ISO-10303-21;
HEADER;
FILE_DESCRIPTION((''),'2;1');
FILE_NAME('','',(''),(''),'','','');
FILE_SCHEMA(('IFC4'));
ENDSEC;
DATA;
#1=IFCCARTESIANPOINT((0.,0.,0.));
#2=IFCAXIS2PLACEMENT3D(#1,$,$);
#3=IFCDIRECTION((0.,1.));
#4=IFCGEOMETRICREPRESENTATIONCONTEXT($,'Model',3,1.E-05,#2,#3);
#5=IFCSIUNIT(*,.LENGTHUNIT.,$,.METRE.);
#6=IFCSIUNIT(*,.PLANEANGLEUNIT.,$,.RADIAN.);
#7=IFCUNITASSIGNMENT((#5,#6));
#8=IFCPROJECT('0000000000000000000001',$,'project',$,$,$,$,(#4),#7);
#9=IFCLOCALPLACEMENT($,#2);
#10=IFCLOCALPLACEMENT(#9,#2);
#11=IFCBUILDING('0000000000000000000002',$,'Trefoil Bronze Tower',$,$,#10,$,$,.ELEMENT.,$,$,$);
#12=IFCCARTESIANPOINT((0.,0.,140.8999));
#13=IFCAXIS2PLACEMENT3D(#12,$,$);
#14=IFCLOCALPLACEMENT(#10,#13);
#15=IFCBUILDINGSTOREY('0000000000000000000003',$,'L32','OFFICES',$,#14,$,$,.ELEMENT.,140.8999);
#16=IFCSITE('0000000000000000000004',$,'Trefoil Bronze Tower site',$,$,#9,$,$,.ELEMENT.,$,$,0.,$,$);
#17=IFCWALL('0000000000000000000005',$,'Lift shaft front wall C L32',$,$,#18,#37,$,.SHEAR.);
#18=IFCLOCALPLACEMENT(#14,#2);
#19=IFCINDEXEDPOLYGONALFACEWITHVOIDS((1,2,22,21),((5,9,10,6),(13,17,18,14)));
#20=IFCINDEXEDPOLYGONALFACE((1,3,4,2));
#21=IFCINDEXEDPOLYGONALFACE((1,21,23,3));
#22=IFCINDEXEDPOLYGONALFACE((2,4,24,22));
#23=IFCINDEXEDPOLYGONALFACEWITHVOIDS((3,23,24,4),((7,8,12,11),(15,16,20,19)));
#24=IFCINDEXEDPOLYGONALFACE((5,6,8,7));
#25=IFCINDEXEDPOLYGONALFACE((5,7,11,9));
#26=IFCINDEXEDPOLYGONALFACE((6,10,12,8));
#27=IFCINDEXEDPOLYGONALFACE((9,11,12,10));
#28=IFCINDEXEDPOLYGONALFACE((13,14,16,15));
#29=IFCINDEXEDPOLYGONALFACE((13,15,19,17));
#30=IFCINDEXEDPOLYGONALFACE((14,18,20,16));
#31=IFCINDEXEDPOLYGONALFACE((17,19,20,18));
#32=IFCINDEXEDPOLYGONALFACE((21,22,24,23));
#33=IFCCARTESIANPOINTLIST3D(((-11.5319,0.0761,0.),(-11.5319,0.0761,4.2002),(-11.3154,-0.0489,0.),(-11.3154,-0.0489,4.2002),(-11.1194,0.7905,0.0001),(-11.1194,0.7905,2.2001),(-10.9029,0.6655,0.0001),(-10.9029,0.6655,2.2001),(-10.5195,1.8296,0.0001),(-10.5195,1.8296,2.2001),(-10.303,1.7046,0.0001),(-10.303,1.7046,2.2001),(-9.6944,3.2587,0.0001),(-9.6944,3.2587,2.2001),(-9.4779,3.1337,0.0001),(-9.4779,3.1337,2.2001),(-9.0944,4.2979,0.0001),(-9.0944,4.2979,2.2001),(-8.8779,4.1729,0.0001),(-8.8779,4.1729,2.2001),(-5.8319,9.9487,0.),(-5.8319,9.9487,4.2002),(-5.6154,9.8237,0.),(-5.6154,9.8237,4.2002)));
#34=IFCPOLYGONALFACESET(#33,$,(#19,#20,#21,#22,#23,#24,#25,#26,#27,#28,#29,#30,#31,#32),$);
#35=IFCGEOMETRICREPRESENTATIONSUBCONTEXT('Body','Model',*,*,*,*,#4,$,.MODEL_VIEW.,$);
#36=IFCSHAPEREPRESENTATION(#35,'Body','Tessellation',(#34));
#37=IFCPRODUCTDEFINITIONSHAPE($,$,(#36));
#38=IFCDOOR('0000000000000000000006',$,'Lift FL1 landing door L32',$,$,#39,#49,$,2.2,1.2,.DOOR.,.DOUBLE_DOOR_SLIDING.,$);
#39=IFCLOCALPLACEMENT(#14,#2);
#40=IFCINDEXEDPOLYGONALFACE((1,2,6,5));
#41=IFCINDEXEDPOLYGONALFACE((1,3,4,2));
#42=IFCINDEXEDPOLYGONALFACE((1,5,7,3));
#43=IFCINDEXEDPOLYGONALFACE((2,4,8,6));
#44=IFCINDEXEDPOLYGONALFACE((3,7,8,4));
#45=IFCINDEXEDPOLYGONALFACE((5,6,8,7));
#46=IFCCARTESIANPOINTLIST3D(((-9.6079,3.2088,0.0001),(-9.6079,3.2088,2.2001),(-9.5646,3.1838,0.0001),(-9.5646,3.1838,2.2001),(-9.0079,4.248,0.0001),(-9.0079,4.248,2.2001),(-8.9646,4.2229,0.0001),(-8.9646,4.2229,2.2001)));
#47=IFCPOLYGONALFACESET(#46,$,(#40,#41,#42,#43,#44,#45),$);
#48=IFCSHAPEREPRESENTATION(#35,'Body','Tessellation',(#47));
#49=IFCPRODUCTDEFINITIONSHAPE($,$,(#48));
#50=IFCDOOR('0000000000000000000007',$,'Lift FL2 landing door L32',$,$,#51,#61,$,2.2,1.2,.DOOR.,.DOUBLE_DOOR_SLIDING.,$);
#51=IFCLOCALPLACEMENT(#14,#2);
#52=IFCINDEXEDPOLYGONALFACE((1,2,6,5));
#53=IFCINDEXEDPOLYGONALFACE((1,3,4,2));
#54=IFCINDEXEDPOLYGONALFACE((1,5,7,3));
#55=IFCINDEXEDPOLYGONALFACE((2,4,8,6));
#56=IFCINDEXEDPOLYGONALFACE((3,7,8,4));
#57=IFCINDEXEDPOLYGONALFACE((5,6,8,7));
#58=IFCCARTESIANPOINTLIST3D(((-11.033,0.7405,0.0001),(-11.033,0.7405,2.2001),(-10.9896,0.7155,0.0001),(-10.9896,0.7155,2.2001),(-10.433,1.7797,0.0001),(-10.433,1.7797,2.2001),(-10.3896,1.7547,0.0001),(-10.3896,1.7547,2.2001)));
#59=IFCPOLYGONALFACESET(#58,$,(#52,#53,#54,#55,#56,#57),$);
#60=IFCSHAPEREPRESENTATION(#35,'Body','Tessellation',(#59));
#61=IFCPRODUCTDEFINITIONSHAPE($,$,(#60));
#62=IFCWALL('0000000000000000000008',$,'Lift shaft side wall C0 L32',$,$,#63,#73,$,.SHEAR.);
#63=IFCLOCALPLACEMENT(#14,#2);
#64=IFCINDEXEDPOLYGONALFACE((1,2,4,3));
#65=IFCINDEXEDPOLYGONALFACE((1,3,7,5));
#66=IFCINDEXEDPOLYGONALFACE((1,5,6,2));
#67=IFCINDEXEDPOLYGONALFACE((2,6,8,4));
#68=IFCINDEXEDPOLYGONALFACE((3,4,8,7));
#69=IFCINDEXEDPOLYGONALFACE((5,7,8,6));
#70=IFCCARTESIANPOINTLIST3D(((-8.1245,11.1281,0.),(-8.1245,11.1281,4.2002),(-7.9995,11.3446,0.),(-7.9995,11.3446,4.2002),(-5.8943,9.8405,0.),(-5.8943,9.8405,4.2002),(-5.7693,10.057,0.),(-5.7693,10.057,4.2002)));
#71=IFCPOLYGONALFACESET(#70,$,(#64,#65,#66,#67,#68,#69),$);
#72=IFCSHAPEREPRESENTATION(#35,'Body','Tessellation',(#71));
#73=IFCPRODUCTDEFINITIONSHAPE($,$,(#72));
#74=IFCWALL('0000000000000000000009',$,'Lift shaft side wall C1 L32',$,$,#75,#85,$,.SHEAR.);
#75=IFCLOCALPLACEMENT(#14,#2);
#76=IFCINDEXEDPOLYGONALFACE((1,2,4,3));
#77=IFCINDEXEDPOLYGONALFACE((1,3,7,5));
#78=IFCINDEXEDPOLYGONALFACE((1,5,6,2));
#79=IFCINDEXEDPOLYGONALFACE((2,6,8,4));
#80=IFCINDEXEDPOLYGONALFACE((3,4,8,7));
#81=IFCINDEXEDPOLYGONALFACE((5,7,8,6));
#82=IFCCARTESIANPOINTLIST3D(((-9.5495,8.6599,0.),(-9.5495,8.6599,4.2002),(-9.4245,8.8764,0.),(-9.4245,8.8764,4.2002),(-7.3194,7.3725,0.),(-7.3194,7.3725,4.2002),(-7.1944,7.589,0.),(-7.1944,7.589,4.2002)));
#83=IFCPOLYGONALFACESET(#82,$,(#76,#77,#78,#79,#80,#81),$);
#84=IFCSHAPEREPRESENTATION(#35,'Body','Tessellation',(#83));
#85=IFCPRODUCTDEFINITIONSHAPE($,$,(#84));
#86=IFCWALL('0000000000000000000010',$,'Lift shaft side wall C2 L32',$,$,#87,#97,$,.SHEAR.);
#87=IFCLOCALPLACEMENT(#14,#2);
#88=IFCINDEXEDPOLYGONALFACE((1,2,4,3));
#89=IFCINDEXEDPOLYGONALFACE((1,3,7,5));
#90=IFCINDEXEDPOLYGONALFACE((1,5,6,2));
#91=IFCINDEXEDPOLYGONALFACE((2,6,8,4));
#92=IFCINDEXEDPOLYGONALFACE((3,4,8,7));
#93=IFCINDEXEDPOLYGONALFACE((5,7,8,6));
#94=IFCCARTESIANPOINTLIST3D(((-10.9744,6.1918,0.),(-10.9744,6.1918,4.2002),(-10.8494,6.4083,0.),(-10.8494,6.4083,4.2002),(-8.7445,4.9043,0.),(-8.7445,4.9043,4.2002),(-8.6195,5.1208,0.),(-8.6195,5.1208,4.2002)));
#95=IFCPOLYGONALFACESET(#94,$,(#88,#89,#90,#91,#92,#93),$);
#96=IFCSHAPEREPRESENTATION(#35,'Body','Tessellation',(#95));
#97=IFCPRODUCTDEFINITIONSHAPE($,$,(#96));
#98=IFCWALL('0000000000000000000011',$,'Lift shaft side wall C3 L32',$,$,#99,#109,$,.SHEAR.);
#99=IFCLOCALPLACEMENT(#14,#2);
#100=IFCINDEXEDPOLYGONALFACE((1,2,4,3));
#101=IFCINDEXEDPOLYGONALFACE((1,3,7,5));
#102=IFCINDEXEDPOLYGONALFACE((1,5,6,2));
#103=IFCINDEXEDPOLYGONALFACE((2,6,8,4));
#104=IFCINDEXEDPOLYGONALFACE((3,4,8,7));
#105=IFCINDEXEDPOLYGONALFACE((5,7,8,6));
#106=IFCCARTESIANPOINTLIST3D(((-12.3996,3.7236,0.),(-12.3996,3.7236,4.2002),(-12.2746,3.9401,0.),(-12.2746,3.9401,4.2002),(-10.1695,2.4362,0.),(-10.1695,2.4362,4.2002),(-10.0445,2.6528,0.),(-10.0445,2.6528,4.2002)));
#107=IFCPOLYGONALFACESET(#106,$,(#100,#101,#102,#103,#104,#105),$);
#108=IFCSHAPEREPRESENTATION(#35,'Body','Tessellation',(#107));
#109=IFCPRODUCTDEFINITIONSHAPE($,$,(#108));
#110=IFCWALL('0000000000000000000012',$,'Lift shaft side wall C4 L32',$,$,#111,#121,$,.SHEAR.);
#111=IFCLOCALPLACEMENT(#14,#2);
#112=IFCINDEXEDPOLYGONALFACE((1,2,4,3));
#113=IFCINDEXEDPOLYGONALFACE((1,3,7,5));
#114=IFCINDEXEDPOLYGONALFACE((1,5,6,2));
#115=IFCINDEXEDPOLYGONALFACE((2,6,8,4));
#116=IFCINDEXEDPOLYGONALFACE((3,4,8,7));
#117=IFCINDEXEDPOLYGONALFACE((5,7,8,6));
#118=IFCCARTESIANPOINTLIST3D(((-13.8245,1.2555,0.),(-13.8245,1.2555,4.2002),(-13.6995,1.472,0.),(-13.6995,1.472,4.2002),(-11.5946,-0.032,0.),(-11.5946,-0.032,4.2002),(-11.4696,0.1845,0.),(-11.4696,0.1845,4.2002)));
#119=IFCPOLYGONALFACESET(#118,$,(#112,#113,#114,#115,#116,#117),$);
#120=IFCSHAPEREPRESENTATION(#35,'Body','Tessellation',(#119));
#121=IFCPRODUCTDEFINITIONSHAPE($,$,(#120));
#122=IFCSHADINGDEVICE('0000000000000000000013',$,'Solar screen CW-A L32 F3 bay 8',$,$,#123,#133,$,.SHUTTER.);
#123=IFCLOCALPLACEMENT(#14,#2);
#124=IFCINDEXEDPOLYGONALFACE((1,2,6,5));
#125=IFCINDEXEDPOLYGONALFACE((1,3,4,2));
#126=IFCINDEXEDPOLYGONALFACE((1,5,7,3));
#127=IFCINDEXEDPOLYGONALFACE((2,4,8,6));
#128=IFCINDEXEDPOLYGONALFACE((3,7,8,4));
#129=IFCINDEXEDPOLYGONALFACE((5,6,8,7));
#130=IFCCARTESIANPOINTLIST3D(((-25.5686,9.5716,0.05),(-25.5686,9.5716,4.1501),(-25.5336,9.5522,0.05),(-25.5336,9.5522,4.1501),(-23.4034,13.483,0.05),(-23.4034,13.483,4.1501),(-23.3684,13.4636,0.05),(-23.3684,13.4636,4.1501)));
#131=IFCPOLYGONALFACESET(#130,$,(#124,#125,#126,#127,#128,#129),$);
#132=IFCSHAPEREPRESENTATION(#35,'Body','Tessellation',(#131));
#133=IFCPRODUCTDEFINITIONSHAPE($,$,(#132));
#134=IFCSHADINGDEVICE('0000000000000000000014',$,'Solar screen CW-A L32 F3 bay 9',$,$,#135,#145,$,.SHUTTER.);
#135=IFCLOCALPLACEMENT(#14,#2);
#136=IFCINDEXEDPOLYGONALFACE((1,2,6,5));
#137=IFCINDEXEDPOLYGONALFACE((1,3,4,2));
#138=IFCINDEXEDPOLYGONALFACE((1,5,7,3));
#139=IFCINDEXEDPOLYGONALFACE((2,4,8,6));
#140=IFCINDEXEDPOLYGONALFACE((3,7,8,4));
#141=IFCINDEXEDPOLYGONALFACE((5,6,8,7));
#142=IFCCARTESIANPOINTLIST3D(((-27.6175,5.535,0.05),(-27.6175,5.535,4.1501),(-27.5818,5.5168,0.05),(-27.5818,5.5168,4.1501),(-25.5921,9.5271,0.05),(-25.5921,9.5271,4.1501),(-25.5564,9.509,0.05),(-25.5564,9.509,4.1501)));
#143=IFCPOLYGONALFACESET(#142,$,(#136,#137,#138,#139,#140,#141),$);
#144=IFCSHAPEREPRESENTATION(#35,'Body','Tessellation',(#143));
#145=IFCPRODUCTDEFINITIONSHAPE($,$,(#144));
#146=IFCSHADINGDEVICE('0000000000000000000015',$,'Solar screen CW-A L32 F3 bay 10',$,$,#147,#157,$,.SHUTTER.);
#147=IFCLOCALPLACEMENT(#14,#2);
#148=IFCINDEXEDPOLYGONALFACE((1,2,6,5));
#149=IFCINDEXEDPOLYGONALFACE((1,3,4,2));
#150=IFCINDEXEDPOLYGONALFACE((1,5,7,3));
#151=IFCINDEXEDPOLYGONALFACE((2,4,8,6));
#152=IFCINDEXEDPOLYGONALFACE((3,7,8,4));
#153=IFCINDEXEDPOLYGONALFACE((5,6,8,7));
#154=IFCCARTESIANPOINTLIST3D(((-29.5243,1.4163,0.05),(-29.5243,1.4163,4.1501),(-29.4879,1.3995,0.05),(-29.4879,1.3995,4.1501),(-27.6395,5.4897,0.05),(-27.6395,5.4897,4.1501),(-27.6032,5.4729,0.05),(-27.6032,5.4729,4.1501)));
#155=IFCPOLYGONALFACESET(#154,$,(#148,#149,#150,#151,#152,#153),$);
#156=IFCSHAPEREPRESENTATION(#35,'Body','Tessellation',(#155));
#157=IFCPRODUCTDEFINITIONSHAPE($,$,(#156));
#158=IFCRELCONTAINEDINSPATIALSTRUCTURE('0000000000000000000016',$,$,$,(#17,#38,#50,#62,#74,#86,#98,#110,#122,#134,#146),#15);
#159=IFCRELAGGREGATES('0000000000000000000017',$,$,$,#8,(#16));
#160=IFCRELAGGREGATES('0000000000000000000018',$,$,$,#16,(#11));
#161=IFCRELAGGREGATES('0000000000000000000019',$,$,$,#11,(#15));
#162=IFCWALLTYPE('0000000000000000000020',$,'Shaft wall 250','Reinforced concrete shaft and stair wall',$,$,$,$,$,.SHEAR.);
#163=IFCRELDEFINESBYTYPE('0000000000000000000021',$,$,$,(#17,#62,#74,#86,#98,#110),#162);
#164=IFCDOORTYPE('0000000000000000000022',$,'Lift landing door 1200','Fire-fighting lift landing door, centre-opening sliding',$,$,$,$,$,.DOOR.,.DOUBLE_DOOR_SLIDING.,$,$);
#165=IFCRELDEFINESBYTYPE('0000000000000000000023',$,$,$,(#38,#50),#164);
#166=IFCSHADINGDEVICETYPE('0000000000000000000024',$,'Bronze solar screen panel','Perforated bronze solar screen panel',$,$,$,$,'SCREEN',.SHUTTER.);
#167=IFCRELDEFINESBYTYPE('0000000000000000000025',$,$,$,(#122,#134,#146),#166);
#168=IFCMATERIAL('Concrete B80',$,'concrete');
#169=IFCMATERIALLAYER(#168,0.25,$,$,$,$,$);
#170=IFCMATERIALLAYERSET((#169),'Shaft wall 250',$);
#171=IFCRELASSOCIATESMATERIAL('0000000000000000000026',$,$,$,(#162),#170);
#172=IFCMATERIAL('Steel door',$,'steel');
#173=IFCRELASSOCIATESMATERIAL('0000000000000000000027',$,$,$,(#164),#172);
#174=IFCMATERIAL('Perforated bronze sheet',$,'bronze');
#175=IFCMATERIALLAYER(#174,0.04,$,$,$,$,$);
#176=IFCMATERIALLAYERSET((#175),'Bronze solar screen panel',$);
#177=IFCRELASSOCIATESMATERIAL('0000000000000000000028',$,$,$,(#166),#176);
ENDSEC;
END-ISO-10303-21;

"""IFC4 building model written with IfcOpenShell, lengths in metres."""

from ifc_helpers import new_model, si_unit, direction, frame, frame_2d, origin, origin_2d, place, context, subcontext, project, spatial, rectangle, extrude, material, layer, layer_set, type_object, element, fill, save


model = new_model("IFC4")

# Units and contexts
model_context = context("Model", 3, precision=1e-05, world=origin(), true_north=direction((0.0, 1.0)))
body_context = subcontext(model_context, "Body", "Model", "MODEL_VIEW")
ifc_project = project(units=[si_unit("LENGTHUNIT", "METRE"), si_unit("PLANEANGLEUNIT", "RADIAN")], contexts=[model_context])

# Site, building, storey
site_placement = place(None, origin())
site = spatial("IfcSite", under=ifc_project, at=site_placement, Name="Trefoil Bronze Tower site", CompositionType="ELEMENT", RefElevation=0.0)
building_placement = place(site_placement, origin())
building = spatial("IfcBuilding", under=site, at=building_placement, Name="Trefoil Bronze Tower", CompositionType="ELEMENT")
storey_placement = place(building_placement, frame((0.0, 0.0, 140.8999)))
storey = spatial("IfcBuildingStorey", under=building, at=storey_placement, Name="L32", Description="OFFICES", CompositionType="ELEMENT", Elevation=140.8999)

# Wall, openings, doors
ifc_material_1 = material(Name="Concrete B80", Category="concrete")
ifc_layer_1 = layer(ifc_material_1, 0.25)
ifc_layer_set_1 = layer_set([ifc_layer_1], Name="Shaft wall 250")
wall_type_1 = type_object("IfcWallType", Name="Shaft wall 250", Description="Reinforced concrete shaft and stair wall", PredefinedType="SHEAR", material=ifc_layer_set_1)
wall_1_placement = place(storey_placement, frame((-5.7236, 9.8862, 0.0), z_axis=(0.0, 0.0, 1.0), x_axis=(-0.500002, -0.866024, 0.0)))
wall_1 = element("IfcWall", 1, at=wall_1_placement, inside=storey, type_object=wall_type_1, Name="Lift shaft front wall C L32", PredefinedType="SHEAR", context=body_context, shape_type="SweptSolid", body=[
    extrude(rectangle(XDim=11.3999, YDim=0.25, at=frame_2d((5.7, 0.0))), origin(), (0.0, 0.0, 1.0), 4.2002),
])
opening_1_placement = place(wall_1_placement, frame((6.5249, 0.0, 0.0)))
opening_1 = element("IfcOpeningElement", 2, at=opening_1_placement, cuts=wall_1, PredefinedType="OPENING", context=body_context, shape_type="SweptSolid", body=[
    extrude(rectangle(XDim=1.2, YDim=2.2, at=frame_2d((0.6001, 1.1001))), frame((0.0, 0.135, 0.0), z_axis=(0.0, -1.0, 0.0), x_axis=(1.0, 0.0, 0.0)), (0.0, 0.0, 1.0), 0.27),
])
opening_2_placement = place(wall_1_placement, frame((9.375, 0.0, 0.0)))
opening_2 = element("IfcOpeningElement", 3, at=opening_2_placement, cuts=wall_1, PredefinedType="OPENING", context=body_context, shape_type="SweptSolid", body=[
    extrude(rectangle(XDim=1.2, YDim=2.2, at=frame_2d((0.6001, 1.1001))), frame((0.0, 0.135, 0.0), z_axis=(0.0, -1.0, 0.0), x_axis=(1.0, 0.0, 0.0)), (0.0, 0.0, 1.0), 0.27),
])
ifc_material_2 = material(Name="Steel door", Category="steel")
door_type_1 = type_object("IfcDoorType", Name="Lift landing door 1200", Description="Fire-fighting lift landing door, centre-opening sliding", OperationType="DOUBLE_DOOR_SLIDING", PredefinedType="DOOR", material=ifc_material_2)
door_1_placement = place(opening_1_placement, origin())
door_1 = element("IfcDoor", 4, at=door_1_placement, inside=storey, type_object=door_type_1, Name="Lift FL1 landing door L32", OperationType="DOUBLE_DOOR_SLIDING", OverallHeight=2.2, OverallWidth=1.2, PredefinedType="DOOR", context=body_context, shape_type="SweptSolid", body=[
    extrude(rectangle(XDim=1.2, YDim=2.2, at=frame_2d((0.6001, 1.1001))), frame((0.0, 0.0249, 0.0), z_axis=(0.0, -1.0, 0.0), x_axis=(1.0, 0.0, 0.0)), (0.0, 0.0, 1.0), 0.05),
])
fill(opening_1, door_1)
door_2_placement = place(opening_2_placement, origin())
door_2 = element("IfcDoor", 5, at=door_2_placement, inside=storey, type_object=door_type_1, Name="Lift FL2 landing door L32", OperationType="DOUBLE_DOOR_SLIDING", OverallHeight=2.2, OverallWidth=1.2, PredefinedType="DOOR", context=body_context, shape_type="SweptSolid", body=[
    extrude(rectangle(XDim=1.2, YDim=2.2, at=frame_2d((0.6001, 1.1001))), frame((0.0, 0.0249, 0.0), z_axis=(0.0, -1.0, 0.0), x_axis=(1.0, 0.0, 0.0)), (0.0, 0.0, 1.0), 0.05),
])
fill(opening_2, door_2)

# Walls
wall_2_placement = place(storey_placement, frame((-5.8318, 9.9487, 0.0), z_axis=(0.0, 0.0, 1.0), x_axis=(-0.866029, 0.499993, 0.0)))
element("IfcWall", 6, at=wall_2_placement, inside=storey, type_object=wall_type_1, Name="Lift shaft side wall C0 L32", PredefinedType="SHEAR", context=body_context, shape_type="SweptSolid", body=[
    extrude(rectangle(XDim=2.5752, YDim=0.25, at=frame_2d((1.2876, 0.0))), origin(), (0.0, 0.0, 1.0), 4.2002),
])
for number, where, z_axis, x_axis, name in (
    (7, (-7.2568, 7.4807, 0.0), (0.0, 0.0, 1.0), (-0.866047, 0.499963, 0.0), "Lift shaft side wall C1 L32"),
    (8, (-8.6819, 5.0125, 0.0), (0.0, 0.0, 1.0), (-0.866006, 0.500034, 0.0), "Lift shaft side wall C2 L32"),
    (9, (-10.1069, 2.5444, 0.0), (0.0, 0.0, 1.0), (-0.866047, 0.499963, 0.0), "Lift shaft side wall C3 L32"),
    (10, (-11.532, 0.0762, 0.0), (0.0, 0.0, 1.0), (-0.866006, 0.500034, 0.0), "Lift shaft side wall C4 L32"),
):
    element("IfcWall", number, at=place(storey_placement, frame(where, z_axis=z_axis, x_axis=x_axis)), inside=storey, type_object=wall_type_1, Name=name, PredefinedType="SHEAR", context=body_context, shape_type="SweptSolid", body=[
        extrude(rectangle(XDim=2.575, YDim=0.25, at=frame_2d((1.2876, 0.0))), origin(), (0.0, 0.0, 1.0), 4.2002),
    ])

# Shading devices
ifc_material_3 = material(Name="Perforated bronze sheet", Category="bronze")
ifc_layer_2 = layer(ifc_material_3, 0.04)
ifc_layer_set_2 = layer_set([ifc_layer_2], Name="Bronze solar screen panel")
shading_device_type = type_object("IfcShadingDeviceType", Name="Bronze solar screen panel", Description="Perforated bronze solar screen panel", ElementType="SCREEN", PredefinedType="SHUTTER", material=ifc_layer_set_2)
shading_device_1_placement = place(storey_placement, frame((-24.4685, 11.5176, 0.05), z_axis=(0.0, 0.0, 1.0), x_axis=(-0.484312, -0.874895, 0.0)))
element("IfcShadingDevice", 11, at=shading_device_1_placement, inside=storey, type_object=shading_device_type, Name="Solar screen CW-A L32 F3 bay 8", PredefinedType="SHUTTER", context=body_context, shape_type="SweptSolid", body=[
    extrude(rectangle(XDim=4.4707, YDim=0.04, at=origin_2d()), origin(), (0.0, 0.0, 1.0), 4.1001),
])
shading_device_2_placement = place(storey_placement, frame((-26.5869, 7.522, 0.05), z_axis=(0.0, 0.0, 1.0), x_axis=(-0.452449, -0.89179, 0.0)))
element("IfcShadingDevice", 12, at=shading_device_2_placement, inside=storey, type_object=shading_device_type, Name="Solar screen CW-A L32 F3 bay 9", PredefinedType="SHUTTER", context=body_context, shape_type="SweptSolid", body=[
    extrude(rectangle(XDim=4.4766, YDim=0.04, at=origin_2d()), origin(), (0.0, 0.0, 1.0), 4.1001),
])
shading_device_3_placement = place(storey_placement, frame((-28.5637, 3.4446, 0.05), z_axis=(0.0, 0.0, 1.0), x_axis=(-0.419933, -0.907555, 0.0)))
element("IfcShadingDevice", 13, at=shading_device_3_placement, inside=storey, type_object=shading_device_type, Name="Solar screen CW-A L32 F3 bay 10", PredefinedType="SHUTTER", context=body_context, shape_type="SweptSolid", body=[
    extrude(rectangle(XDim=4.4883, YDim=0.04, at=origin_2d()), origin(), (0.0, 0.0, 1.0), 4.1001),
])

save(model, "model.ifc")
